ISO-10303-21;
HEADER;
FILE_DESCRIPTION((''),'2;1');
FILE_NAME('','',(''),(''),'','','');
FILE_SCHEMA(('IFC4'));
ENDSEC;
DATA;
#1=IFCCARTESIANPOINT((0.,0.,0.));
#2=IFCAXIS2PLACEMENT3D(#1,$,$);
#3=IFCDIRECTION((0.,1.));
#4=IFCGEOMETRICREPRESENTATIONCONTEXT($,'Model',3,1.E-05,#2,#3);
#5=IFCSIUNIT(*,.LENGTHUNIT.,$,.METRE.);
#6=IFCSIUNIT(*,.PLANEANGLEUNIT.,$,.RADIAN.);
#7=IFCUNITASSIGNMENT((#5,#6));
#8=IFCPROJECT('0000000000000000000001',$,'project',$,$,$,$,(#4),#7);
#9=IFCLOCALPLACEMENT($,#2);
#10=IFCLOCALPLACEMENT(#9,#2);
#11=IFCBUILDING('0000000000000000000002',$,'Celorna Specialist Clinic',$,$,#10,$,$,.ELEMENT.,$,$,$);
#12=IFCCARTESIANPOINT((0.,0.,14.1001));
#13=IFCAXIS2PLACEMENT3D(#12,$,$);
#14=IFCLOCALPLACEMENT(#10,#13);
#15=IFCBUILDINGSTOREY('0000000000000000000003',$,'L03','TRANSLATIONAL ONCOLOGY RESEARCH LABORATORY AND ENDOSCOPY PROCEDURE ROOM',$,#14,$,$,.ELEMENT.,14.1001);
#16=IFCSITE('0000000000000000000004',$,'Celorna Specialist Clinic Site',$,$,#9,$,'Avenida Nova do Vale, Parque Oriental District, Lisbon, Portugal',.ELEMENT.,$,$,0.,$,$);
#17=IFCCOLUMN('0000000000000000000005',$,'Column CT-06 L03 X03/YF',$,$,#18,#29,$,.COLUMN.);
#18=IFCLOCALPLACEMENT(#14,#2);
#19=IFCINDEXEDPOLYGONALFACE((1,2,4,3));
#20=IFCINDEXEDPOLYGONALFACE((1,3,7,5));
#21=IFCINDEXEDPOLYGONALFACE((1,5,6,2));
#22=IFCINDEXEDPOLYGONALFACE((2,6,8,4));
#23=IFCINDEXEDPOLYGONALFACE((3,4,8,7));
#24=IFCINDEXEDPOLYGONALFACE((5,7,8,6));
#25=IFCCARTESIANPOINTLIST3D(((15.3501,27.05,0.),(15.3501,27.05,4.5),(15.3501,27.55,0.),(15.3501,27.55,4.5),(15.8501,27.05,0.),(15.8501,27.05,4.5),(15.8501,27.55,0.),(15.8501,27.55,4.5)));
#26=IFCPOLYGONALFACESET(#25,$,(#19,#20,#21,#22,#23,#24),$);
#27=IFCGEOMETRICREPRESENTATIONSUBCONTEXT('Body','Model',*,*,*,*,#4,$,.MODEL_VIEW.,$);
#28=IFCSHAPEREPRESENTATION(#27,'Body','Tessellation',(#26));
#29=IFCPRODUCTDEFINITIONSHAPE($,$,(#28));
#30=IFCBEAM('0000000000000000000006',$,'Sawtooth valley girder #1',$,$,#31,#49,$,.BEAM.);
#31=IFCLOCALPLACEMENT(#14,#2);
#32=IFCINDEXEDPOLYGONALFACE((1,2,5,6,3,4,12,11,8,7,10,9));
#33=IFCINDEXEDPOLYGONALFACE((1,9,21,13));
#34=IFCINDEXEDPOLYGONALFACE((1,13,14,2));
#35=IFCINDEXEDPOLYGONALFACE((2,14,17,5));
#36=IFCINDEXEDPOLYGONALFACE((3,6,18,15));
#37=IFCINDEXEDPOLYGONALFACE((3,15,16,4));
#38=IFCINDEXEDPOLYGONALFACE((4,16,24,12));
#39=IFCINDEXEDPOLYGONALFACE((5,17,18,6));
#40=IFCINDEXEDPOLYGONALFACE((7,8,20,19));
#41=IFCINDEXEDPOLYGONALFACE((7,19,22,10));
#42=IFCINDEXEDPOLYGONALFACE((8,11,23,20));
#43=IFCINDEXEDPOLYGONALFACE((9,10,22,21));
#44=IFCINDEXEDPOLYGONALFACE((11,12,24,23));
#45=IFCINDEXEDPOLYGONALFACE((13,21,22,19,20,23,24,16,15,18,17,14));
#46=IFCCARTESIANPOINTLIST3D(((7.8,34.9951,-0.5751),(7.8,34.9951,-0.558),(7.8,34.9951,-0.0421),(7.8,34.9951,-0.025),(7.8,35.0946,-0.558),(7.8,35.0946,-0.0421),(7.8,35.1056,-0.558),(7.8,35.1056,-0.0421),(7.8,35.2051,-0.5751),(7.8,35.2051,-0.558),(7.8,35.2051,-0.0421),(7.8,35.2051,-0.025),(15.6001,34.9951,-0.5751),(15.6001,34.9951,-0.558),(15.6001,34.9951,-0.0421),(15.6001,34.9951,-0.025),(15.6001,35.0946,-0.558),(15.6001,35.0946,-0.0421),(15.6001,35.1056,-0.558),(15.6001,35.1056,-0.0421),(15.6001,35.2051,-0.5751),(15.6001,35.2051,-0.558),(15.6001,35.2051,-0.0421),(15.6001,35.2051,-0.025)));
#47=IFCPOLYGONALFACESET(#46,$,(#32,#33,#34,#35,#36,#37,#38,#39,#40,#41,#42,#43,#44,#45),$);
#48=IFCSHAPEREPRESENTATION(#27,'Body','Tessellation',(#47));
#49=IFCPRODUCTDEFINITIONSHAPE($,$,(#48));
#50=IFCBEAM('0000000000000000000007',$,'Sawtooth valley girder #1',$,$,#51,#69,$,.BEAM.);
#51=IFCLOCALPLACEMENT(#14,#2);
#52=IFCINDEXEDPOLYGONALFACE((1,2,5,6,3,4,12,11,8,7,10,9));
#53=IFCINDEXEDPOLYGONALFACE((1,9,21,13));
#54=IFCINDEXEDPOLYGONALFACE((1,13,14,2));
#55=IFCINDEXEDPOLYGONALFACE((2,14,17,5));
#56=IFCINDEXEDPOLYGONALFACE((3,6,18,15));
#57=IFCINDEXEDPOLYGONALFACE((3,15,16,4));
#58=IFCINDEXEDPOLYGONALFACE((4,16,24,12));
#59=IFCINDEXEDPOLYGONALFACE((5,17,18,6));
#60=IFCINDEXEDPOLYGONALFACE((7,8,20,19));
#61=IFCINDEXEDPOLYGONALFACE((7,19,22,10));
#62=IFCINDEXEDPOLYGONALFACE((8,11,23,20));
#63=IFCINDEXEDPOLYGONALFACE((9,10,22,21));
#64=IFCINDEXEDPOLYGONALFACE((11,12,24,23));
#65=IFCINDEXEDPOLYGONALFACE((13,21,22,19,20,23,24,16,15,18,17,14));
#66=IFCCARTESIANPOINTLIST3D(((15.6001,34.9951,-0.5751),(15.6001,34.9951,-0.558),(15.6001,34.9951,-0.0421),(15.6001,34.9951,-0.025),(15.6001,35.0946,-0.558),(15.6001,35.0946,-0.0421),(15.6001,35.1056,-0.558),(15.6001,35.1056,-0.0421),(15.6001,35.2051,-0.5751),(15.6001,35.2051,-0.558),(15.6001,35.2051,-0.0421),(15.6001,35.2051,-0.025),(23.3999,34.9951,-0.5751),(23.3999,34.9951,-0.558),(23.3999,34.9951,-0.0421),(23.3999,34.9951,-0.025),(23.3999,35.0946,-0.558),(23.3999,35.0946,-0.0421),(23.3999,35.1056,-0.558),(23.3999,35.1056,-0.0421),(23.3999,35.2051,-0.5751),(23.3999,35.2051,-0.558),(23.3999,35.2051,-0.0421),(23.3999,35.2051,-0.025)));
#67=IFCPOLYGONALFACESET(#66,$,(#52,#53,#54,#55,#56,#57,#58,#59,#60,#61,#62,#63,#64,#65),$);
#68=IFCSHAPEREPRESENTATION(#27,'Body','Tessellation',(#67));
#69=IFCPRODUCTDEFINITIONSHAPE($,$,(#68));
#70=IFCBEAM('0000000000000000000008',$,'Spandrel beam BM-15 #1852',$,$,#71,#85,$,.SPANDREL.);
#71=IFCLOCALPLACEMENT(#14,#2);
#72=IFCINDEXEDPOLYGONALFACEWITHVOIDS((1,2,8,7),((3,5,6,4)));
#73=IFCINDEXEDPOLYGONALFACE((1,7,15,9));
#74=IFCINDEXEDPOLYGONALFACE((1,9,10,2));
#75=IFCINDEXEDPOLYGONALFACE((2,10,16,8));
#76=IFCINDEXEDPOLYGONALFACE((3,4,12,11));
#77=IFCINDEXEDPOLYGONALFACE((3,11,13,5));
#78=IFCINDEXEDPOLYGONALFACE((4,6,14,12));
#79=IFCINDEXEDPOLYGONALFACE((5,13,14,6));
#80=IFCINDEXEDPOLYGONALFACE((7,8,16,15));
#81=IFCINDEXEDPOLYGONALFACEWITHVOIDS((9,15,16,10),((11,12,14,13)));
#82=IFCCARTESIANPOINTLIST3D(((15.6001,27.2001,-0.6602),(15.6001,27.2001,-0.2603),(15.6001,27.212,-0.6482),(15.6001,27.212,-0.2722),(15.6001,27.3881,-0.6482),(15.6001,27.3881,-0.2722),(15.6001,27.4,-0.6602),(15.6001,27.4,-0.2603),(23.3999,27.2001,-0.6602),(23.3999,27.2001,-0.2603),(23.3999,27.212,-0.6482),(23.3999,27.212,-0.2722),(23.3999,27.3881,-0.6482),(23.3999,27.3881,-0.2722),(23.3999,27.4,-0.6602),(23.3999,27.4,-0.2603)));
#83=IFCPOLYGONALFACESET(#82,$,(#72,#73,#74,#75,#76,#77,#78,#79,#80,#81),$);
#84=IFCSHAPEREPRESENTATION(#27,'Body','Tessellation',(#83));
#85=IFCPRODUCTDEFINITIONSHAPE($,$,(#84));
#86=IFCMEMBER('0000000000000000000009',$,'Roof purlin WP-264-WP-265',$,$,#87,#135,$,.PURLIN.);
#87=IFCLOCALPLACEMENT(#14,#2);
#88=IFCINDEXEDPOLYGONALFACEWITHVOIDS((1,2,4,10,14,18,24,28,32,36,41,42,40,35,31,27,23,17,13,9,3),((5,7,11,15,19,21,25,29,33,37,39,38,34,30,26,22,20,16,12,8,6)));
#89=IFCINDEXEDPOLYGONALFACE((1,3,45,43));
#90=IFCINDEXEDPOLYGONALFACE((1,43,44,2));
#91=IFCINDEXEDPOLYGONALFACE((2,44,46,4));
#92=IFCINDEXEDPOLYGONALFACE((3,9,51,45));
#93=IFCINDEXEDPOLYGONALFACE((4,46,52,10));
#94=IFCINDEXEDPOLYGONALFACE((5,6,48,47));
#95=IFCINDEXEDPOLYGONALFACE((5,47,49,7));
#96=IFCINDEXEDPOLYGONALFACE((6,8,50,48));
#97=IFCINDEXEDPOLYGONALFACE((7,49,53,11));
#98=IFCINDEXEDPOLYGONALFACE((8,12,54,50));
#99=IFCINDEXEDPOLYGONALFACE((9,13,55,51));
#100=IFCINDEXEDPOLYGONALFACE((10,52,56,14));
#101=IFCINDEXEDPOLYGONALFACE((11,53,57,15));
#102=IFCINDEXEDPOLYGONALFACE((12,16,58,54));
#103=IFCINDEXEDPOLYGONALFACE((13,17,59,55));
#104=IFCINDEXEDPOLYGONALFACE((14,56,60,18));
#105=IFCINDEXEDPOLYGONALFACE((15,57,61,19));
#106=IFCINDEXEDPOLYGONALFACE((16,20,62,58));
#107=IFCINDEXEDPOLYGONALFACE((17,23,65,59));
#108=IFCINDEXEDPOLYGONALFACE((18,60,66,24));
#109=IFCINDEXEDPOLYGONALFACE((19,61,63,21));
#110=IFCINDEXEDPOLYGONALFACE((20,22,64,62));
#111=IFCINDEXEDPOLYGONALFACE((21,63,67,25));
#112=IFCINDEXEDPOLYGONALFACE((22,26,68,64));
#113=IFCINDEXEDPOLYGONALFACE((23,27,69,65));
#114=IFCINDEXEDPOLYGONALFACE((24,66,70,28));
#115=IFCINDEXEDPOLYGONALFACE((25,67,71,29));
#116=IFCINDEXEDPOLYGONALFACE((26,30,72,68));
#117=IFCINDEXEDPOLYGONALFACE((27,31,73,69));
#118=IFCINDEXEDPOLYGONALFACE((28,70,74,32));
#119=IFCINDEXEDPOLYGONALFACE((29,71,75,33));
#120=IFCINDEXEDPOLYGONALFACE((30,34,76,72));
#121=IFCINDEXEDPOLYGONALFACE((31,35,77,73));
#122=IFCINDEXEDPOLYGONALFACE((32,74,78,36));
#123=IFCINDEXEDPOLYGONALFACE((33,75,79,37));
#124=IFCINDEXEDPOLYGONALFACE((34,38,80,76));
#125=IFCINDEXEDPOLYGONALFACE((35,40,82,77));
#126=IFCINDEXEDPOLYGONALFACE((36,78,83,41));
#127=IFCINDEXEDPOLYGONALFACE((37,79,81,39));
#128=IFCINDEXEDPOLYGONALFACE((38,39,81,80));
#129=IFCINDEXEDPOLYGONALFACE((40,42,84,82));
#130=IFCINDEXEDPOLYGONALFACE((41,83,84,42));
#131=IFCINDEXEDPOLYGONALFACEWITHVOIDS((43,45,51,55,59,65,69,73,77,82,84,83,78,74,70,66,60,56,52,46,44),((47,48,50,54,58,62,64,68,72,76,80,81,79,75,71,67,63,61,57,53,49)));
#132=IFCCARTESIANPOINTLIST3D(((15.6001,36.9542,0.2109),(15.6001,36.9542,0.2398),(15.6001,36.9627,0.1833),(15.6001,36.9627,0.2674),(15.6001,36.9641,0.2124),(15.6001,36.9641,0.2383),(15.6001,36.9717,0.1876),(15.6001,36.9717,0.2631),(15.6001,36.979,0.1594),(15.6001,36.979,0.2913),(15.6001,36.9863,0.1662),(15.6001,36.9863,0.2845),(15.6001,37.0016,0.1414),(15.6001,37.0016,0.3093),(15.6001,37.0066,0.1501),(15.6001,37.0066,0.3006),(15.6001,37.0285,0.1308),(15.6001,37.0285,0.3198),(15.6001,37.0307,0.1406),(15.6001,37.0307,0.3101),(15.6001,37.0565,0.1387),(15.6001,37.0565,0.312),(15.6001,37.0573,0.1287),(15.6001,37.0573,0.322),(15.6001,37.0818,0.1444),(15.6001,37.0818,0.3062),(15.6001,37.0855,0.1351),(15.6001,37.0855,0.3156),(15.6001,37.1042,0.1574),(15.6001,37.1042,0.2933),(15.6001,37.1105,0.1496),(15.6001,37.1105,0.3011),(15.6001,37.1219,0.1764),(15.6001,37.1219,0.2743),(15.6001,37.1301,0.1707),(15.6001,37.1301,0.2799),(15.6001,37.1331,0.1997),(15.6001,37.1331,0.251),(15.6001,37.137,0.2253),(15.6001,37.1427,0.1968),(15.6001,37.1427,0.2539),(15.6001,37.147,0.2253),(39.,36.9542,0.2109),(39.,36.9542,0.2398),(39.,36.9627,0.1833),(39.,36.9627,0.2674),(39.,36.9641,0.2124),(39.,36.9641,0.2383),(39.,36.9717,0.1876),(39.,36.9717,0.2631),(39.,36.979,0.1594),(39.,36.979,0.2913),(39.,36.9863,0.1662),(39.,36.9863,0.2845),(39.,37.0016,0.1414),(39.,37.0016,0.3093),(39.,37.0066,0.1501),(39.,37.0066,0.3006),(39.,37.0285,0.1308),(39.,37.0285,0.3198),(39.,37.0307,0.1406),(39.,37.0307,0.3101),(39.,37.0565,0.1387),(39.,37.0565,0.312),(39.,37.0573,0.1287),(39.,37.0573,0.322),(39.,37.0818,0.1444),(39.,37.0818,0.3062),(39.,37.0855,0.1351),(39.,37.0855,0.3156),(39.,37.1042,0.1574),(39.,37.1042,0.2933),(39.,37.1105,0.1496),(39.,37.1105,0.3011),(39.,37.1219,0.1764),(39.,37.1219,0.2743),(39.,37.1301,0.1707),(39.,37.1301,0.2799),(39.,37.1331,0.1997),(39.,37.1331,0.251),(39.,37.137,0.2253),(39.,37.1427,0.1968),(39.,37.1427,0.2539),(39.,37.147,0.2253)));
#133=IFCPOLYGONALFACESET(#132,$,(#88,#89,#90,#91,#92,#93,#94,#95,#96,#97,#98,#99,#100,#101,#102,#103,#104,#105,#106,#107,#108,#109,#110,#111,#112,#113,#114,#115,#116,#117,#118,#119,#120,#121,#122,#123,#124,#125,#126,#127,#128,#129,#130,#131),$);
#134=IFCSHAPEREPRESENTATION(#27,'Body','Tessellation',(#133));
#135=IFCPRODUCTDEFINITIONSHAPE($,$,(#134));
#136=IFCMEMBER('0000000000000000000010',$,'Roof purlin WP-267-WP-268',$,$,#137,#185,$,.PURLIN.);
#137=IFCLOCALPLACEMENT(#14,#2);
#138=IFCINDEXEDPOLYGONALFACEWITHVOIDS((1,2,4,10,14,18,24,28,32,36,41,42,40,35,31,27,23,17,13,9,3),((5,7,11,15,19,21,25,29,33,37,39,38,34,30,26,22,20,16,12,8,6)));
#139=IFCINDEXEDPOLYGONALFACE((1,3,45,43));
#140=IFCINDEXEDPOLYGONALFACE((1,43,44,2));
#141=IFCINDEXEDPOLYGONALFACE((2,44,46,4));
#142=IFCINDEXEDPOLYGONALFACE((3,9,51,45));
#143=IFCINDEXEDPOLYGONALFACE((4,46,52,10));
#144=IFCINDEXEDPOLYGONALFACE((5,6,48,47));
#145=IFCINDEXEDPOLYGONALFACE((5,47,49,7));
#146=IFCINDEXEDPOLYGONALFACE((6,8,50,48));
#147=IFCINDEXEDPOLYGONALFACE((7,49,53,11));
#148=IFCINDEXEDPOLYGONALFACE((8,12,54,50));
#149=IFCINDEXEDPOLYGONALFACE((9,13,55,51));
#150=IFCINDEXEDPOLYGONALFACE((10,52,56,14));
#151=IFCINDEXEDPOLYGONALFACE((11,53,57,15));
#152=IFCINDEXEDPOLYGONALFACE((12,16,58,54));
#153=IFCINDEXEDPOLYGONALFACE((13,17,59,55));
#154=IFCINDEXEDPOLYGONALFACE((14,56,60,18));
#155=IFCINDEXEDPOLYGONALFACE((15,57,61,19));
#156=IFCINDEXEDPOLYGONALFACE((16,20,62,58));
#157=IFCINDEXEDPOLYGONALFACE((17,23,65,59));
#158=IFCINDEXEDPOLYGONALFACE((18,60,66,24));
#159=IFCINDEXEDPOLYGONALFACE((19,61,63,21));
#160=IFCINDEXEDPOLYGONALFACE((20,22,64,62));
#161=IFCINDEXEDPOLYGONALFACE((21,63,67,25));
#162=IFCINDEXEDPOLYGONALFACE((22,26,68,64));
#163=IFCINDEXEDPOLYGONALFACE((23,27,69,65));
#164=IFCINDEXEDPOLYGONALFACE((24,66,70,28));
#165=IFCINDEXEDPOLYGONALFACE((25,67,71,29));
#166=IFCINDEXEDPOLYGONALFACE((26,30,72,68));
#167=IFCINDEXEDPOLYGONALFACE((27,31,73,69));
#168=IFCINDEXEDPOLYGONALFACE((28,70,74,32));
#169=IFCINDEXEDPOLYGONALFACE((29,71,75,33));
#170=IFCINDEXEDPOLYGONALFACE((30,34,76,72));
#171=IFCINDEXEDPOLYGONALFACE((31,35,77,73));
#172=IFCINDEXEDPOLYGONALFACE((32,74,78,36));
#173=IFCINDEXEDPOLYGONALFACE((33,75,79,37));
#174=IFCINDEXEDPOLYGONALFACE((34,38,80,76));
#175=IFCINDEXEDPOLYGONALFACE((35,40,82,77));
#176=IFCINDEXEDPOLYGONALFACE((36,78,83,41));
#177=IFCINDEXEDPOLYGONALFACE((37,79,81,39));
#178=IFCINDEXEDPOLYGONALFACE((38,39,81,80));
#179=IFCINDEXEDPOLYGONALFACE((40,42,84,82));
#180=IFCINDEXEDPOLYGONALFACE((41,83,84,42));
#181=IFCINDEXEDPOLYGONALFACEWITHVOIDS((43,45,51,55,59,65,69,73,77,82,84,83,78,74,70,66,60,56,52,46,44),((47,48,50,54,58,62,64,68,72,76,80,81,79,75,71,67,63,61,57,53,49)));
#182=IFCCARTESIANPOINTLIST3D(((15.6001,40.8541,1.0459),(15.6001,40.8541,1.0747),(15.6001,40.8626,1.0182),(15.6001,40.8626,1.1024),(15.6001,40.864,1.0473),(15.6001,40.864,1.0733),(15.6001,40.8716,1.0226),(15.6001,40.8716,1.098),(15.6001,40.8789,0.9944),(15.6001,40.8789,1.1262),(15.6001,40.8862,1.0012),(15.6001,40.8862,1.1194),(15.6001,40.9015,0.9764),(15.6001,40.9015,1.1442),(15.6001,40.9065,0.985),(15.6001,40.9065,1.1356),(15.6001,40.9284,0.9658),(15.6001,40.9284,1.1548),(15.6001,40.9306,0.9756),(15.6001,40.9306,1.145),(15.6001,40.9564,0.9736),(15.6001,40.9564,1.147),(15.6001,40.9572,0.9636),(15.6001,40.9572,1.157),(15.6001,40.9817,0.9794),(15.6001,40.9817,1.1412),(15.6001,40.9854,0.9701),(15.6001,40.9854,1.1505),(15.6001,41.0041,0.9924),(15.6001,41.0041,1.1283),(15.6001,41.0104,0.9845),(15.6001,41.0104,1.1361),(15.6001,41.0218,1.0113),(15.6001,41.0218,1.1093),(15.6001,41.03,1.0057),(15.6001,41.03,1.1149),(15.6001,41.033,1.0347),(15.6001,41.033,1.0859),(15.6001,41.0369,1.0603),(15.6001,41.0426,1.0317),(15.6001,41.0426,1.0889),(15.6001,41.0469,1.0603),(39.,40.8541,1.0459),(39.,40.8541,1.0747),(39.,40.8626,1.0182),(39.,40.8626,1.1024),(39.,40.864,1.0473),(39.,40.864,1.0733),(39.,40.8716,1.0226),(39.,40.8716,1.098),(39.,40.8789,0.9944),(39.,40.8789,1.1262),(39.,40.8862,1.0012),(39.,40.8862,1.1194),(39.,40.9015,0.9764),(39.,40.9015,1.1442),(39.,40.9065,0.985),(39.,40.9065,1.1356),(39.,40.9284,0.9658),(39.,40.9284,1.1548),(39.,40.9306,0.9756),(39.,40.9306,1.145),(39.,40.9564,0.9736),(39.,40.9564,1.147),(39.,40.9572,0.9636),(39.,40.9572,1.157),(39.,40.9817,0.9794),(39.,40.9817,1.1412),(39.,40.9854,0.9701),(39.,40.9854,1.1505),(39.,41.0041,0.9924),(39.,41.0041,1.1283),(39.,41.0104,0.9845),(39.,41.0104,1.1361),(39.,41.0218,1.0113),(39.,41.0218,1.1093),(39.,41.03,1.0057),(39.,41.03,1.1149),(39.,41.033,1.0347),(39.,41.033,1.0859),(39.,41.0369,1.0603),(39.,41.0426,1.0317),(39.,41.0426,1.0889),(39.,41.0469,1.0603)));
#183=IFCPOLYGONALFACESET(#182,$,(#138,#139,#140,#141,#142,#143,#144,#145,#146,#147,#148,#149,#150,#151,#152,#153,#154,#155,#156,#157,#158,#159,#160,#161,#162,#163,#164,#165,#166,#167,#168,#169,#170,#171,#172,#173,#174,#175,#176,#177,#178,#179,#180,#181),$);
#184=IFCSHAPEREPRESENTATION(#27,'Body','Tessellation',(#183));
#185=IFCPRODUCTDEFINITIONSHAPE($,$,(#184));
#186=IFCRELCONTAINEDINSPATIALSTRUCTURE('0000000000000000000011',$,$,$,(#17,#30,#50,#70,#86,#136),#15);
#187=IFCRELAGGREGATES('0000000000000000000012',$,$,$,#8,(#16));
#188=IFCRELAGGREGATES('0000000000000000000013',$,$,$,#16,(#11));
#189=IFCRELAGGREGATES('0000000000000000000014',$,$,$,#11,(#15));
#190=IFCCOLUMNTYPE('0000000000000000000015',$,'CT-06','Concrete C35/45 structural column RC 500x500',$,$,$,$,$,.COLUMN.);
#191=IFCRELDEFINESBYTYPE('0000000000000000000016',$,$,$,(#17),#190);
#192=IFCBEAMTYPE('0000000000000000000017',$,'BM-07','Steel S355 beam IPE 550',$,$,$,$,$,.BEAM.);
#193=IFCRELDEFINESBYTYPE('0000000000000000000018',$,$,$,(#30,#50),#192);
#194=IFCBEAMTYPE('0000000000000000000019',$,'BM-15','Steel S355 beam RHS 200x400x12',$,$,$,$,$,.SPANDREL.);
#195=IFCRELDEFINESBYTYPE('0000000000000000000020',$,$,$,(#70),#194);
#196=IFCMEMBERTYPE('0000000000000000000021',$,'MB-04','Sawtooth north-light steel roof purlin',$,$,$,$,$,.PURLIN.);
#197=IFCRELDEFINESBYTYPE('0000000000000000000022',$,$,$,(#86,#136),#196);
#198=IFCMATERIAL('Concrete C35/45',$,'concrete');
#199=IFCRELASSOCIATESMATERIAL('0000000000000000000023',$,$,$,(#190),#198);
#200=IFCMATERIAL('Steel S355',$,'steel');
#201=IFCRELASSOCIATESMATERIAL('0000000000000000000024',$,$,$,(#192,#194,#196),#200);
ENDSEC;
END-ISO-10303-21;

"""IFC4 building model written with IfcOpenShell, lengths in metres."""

from ifc_helpers import new_model, si_unit, direction, frame, origin, origin_2d, place, context, subcontext, project, spatial, rectangle, hollow_rectangle, hollow_circle, i_section, extrude, material, material_profile, profile_set, type_object, element, save


model = new_model("IFC4")

# Units and contexts
model_context = context("Model", 3, precision=1e-05, world=origin(), true_north=direction((0.0, 1.0)))
body_context = subcontext(model_context, "Body", "Model", "MODEL_VIEW")
ifc_project = project(units=[si_unit("LENGTHUNIT", "METRE"), si_unit("PLANEANGLEUNIT", "RADIAN")], contexts=[model_context])

# Site, building, storey
site_placement = place(None, origin())
site = spatial("IfcSite", under=ifc_project, at=site_placement, Name="Celorna Specialist Clinic Site", LongName="Avenida Nova do Vale, Parque Oriental District, Lisbon, Portugal", CompositionType="ELEMENT", RefElevation=0.0)
building_placement = place(site_placement, origin())
building = spatial("IfcBuilding", under=site, at=building_placement, Name="Celorna Specialist Clinic", CompositionType="ELEMENT")
storey_placement = place(building_placement, frame((0.0, 0.0, 14.1001)))
storey = spatial("IfcBuildingStorey", under=building, at=storey_placement, Name="L03", Description="TRANSLATIONAL ONCOLOGY RESEARCH LABORATORY AND ENDOSCOPY PROCEDURE ROOM", CompositionType="ELEMENT", Elevation=14.1001)

# Column
ifc_material_1 = material(Name="Concrete C35/45", Category="concrete")
ifc_material_profile_1 = material_profile(ifc_material_1, rectangle(XDim=0.5, YDim=0.5, at=origin_2d()), Name="RC 500x500")
ifc_profile_set_1 = profile_set([ifc_material_profile_1], Name="Concrete C35/45")
column_type = type_object("IfcColumnType", Name="CT-06", Description="Concrete C35/45 structural column RC 500x500", PredefinedType="COLUMN", material=ifc_profile_set_1)
column_placement = place(storey_placement, frame((15.6001, 27.3, 0.0), z_axis=(0.0, 0.0, 1.0), x_axis=(1.0, 0.0, 0.0)))
element("IfcColumn", 1, at=column_placement, inside=storey, type_object=column_type, Name="Column CT-06 L03 X03/YF", PredefinedType="COLUMN", context=body_context, shape_type="SweptSolid", body=[
    extrude(rectangle(XDim=0.5, YDim=0.5, at=origin_2d()), origin(), (0.0, 0.0, 1.0), 4.5),
])

# Beams
ifc_material_2 = material(Name="Steel S355", Category="steel")
ifc_material_profile_2 = material_profile(ifc_material_2, i_section(OverallWidth=0.21, OverallDepth=0.55, WebThickness=0.011, FlangeThickness=0.0171, at=origin_2d()), Name="IPE 550")
ifc_profile_set_2 = profile_set([ifc_material_profile_2], Name="Steel S355")
beam_type_1 = type_object("IfcBeamType", Name="BM-07", Description="Steel S355 beam IPE 550", PredefinedType="BEAM", material=ifc_profile_set_2)
beam_1_placement = place(storey_placement, frame((7.8, 35.1001, -0.3), z_axis=(1.0, 0.0, 0.0), x_axis=(0.0, 1.0, 0.0)))
element("IfcBeam", 2, at=beam_1_placement, inside=storey, type_object=beam_type_1, Name="Sawtooth valley girder #1", PredefinedType="BEAM", context=body_context, shape_type="SweptSolid", body=[
    extrude(i_section(OverallWidth=0.21, OverallDepth=0.55, WebThickness=0.011, FlangeThickness=0.0171, at=origin_2d()), origin(), (0.0, 0.0, 1.0), 7.8),
])
beam_2_placement = place(storey_placement, frame((15.6001, 35.1001, -0.3), z_axis=(1.0, 0.0, 0.0), x_axis=(0.0, 1.0, 0.0)))
element("IfcBeam", 3, at=beam_2_placement, inside=storey, type_object=beam_type_1, Name="Sawtooth valley girder #1", PredefinedType="BEAM", context=body_context, shape_type="SweptSolid", body=[
    extrude(i_section(OverallWidth=0.21, OverallDepth=0.55, WebThickness=0.011, FlangeThickness=0.0171, at=origin_2d()), origin(), (0.0, 0.0, 1.0), 7.7998),
])
ifc_material_profile_3 = material_profile(ifc_material_2, hollow_rectangle(XDim=0.2, YDim=0.3999, WallThickness=0.012, at=origin_2d()), Name="RHS 200x400x12")
ifc_profile_set_3 = profile_set([ifc_material_profile_3], Name="Steel S355")
beam_type_2 = type_object("IfcBeamType", Name="BM-15", Description="Steel S355 beam RHS 200x400x12", PredefinedType="SPANDREL", material=ifc_profile_set_3)
beam_3_placement = place(storey_placement, frame((15.6001, 27.3, -0.4602), z_axis=(1.0, 0.0, 0.0), x_axis=(0.0, 1.0, 0.0)))
element("IfcBeam", 4, at=beam_3_placement, inside=storey, type_object=beam_type_2, Name="Spandrel beam BM-15 #1852", PredefinedType="SPANDREL", context=body_context, shape_type="SweptSolid", body=[
    extrude(hollow_rectangle(XDim=0.2, YDim=0.3999, WallThickness=0.012, at=origin_2d()), origin(), (0.0, 0.0, 1.0), 7.7998),
])

# Members
ifc_material_profile_4 = material_profile(ifc_material_2, hollow_circle(Radius=0.0969, WallThickness=0.01, at=origin_2d()), Name="CHS 193.7x10")
ifc_profile_set_4 = profile_set([ifc_material_profile_4], Name="Steel S355")
member_type_1 = type_object("IfcMemberType", Name="MB-04", Description="Sawtooth north-light steel roof purlin", PredefinedType="PURLIN", material=ifc_profile_set_4)
for number, where, z_axis, x_axis, name in (
    (5, (15.6001, 37.05, 0.2253), (1.0, 0.0, 0.0), (0.0, 1.0, 0.0), "Roof purlin WP-264-WP-265"),
    (6, (15.6001, 40.95, 1.0603), (1.0, 0.0, 0.0), (0.0, 1.0, 0.0), "Roof purlin WP-267-WP-268"),
):
    element("IfcMember", number, at=place(storey_placement, frame(where, z_axis=z_axis, x_axis=x_axis)), inside=storey, type_object=member_type_1, Name=name, PredefinedType="PURLIN", context=body_context, shape_type="SweptSolid", body=[
        extrude(hollow_circle(Radius=0.0969, WallThickness=0.01, at=origin_2d()), origin(), (0.0, 0.0, 1.0), 23.3999),
    ])

save(model, "model.ifc")
